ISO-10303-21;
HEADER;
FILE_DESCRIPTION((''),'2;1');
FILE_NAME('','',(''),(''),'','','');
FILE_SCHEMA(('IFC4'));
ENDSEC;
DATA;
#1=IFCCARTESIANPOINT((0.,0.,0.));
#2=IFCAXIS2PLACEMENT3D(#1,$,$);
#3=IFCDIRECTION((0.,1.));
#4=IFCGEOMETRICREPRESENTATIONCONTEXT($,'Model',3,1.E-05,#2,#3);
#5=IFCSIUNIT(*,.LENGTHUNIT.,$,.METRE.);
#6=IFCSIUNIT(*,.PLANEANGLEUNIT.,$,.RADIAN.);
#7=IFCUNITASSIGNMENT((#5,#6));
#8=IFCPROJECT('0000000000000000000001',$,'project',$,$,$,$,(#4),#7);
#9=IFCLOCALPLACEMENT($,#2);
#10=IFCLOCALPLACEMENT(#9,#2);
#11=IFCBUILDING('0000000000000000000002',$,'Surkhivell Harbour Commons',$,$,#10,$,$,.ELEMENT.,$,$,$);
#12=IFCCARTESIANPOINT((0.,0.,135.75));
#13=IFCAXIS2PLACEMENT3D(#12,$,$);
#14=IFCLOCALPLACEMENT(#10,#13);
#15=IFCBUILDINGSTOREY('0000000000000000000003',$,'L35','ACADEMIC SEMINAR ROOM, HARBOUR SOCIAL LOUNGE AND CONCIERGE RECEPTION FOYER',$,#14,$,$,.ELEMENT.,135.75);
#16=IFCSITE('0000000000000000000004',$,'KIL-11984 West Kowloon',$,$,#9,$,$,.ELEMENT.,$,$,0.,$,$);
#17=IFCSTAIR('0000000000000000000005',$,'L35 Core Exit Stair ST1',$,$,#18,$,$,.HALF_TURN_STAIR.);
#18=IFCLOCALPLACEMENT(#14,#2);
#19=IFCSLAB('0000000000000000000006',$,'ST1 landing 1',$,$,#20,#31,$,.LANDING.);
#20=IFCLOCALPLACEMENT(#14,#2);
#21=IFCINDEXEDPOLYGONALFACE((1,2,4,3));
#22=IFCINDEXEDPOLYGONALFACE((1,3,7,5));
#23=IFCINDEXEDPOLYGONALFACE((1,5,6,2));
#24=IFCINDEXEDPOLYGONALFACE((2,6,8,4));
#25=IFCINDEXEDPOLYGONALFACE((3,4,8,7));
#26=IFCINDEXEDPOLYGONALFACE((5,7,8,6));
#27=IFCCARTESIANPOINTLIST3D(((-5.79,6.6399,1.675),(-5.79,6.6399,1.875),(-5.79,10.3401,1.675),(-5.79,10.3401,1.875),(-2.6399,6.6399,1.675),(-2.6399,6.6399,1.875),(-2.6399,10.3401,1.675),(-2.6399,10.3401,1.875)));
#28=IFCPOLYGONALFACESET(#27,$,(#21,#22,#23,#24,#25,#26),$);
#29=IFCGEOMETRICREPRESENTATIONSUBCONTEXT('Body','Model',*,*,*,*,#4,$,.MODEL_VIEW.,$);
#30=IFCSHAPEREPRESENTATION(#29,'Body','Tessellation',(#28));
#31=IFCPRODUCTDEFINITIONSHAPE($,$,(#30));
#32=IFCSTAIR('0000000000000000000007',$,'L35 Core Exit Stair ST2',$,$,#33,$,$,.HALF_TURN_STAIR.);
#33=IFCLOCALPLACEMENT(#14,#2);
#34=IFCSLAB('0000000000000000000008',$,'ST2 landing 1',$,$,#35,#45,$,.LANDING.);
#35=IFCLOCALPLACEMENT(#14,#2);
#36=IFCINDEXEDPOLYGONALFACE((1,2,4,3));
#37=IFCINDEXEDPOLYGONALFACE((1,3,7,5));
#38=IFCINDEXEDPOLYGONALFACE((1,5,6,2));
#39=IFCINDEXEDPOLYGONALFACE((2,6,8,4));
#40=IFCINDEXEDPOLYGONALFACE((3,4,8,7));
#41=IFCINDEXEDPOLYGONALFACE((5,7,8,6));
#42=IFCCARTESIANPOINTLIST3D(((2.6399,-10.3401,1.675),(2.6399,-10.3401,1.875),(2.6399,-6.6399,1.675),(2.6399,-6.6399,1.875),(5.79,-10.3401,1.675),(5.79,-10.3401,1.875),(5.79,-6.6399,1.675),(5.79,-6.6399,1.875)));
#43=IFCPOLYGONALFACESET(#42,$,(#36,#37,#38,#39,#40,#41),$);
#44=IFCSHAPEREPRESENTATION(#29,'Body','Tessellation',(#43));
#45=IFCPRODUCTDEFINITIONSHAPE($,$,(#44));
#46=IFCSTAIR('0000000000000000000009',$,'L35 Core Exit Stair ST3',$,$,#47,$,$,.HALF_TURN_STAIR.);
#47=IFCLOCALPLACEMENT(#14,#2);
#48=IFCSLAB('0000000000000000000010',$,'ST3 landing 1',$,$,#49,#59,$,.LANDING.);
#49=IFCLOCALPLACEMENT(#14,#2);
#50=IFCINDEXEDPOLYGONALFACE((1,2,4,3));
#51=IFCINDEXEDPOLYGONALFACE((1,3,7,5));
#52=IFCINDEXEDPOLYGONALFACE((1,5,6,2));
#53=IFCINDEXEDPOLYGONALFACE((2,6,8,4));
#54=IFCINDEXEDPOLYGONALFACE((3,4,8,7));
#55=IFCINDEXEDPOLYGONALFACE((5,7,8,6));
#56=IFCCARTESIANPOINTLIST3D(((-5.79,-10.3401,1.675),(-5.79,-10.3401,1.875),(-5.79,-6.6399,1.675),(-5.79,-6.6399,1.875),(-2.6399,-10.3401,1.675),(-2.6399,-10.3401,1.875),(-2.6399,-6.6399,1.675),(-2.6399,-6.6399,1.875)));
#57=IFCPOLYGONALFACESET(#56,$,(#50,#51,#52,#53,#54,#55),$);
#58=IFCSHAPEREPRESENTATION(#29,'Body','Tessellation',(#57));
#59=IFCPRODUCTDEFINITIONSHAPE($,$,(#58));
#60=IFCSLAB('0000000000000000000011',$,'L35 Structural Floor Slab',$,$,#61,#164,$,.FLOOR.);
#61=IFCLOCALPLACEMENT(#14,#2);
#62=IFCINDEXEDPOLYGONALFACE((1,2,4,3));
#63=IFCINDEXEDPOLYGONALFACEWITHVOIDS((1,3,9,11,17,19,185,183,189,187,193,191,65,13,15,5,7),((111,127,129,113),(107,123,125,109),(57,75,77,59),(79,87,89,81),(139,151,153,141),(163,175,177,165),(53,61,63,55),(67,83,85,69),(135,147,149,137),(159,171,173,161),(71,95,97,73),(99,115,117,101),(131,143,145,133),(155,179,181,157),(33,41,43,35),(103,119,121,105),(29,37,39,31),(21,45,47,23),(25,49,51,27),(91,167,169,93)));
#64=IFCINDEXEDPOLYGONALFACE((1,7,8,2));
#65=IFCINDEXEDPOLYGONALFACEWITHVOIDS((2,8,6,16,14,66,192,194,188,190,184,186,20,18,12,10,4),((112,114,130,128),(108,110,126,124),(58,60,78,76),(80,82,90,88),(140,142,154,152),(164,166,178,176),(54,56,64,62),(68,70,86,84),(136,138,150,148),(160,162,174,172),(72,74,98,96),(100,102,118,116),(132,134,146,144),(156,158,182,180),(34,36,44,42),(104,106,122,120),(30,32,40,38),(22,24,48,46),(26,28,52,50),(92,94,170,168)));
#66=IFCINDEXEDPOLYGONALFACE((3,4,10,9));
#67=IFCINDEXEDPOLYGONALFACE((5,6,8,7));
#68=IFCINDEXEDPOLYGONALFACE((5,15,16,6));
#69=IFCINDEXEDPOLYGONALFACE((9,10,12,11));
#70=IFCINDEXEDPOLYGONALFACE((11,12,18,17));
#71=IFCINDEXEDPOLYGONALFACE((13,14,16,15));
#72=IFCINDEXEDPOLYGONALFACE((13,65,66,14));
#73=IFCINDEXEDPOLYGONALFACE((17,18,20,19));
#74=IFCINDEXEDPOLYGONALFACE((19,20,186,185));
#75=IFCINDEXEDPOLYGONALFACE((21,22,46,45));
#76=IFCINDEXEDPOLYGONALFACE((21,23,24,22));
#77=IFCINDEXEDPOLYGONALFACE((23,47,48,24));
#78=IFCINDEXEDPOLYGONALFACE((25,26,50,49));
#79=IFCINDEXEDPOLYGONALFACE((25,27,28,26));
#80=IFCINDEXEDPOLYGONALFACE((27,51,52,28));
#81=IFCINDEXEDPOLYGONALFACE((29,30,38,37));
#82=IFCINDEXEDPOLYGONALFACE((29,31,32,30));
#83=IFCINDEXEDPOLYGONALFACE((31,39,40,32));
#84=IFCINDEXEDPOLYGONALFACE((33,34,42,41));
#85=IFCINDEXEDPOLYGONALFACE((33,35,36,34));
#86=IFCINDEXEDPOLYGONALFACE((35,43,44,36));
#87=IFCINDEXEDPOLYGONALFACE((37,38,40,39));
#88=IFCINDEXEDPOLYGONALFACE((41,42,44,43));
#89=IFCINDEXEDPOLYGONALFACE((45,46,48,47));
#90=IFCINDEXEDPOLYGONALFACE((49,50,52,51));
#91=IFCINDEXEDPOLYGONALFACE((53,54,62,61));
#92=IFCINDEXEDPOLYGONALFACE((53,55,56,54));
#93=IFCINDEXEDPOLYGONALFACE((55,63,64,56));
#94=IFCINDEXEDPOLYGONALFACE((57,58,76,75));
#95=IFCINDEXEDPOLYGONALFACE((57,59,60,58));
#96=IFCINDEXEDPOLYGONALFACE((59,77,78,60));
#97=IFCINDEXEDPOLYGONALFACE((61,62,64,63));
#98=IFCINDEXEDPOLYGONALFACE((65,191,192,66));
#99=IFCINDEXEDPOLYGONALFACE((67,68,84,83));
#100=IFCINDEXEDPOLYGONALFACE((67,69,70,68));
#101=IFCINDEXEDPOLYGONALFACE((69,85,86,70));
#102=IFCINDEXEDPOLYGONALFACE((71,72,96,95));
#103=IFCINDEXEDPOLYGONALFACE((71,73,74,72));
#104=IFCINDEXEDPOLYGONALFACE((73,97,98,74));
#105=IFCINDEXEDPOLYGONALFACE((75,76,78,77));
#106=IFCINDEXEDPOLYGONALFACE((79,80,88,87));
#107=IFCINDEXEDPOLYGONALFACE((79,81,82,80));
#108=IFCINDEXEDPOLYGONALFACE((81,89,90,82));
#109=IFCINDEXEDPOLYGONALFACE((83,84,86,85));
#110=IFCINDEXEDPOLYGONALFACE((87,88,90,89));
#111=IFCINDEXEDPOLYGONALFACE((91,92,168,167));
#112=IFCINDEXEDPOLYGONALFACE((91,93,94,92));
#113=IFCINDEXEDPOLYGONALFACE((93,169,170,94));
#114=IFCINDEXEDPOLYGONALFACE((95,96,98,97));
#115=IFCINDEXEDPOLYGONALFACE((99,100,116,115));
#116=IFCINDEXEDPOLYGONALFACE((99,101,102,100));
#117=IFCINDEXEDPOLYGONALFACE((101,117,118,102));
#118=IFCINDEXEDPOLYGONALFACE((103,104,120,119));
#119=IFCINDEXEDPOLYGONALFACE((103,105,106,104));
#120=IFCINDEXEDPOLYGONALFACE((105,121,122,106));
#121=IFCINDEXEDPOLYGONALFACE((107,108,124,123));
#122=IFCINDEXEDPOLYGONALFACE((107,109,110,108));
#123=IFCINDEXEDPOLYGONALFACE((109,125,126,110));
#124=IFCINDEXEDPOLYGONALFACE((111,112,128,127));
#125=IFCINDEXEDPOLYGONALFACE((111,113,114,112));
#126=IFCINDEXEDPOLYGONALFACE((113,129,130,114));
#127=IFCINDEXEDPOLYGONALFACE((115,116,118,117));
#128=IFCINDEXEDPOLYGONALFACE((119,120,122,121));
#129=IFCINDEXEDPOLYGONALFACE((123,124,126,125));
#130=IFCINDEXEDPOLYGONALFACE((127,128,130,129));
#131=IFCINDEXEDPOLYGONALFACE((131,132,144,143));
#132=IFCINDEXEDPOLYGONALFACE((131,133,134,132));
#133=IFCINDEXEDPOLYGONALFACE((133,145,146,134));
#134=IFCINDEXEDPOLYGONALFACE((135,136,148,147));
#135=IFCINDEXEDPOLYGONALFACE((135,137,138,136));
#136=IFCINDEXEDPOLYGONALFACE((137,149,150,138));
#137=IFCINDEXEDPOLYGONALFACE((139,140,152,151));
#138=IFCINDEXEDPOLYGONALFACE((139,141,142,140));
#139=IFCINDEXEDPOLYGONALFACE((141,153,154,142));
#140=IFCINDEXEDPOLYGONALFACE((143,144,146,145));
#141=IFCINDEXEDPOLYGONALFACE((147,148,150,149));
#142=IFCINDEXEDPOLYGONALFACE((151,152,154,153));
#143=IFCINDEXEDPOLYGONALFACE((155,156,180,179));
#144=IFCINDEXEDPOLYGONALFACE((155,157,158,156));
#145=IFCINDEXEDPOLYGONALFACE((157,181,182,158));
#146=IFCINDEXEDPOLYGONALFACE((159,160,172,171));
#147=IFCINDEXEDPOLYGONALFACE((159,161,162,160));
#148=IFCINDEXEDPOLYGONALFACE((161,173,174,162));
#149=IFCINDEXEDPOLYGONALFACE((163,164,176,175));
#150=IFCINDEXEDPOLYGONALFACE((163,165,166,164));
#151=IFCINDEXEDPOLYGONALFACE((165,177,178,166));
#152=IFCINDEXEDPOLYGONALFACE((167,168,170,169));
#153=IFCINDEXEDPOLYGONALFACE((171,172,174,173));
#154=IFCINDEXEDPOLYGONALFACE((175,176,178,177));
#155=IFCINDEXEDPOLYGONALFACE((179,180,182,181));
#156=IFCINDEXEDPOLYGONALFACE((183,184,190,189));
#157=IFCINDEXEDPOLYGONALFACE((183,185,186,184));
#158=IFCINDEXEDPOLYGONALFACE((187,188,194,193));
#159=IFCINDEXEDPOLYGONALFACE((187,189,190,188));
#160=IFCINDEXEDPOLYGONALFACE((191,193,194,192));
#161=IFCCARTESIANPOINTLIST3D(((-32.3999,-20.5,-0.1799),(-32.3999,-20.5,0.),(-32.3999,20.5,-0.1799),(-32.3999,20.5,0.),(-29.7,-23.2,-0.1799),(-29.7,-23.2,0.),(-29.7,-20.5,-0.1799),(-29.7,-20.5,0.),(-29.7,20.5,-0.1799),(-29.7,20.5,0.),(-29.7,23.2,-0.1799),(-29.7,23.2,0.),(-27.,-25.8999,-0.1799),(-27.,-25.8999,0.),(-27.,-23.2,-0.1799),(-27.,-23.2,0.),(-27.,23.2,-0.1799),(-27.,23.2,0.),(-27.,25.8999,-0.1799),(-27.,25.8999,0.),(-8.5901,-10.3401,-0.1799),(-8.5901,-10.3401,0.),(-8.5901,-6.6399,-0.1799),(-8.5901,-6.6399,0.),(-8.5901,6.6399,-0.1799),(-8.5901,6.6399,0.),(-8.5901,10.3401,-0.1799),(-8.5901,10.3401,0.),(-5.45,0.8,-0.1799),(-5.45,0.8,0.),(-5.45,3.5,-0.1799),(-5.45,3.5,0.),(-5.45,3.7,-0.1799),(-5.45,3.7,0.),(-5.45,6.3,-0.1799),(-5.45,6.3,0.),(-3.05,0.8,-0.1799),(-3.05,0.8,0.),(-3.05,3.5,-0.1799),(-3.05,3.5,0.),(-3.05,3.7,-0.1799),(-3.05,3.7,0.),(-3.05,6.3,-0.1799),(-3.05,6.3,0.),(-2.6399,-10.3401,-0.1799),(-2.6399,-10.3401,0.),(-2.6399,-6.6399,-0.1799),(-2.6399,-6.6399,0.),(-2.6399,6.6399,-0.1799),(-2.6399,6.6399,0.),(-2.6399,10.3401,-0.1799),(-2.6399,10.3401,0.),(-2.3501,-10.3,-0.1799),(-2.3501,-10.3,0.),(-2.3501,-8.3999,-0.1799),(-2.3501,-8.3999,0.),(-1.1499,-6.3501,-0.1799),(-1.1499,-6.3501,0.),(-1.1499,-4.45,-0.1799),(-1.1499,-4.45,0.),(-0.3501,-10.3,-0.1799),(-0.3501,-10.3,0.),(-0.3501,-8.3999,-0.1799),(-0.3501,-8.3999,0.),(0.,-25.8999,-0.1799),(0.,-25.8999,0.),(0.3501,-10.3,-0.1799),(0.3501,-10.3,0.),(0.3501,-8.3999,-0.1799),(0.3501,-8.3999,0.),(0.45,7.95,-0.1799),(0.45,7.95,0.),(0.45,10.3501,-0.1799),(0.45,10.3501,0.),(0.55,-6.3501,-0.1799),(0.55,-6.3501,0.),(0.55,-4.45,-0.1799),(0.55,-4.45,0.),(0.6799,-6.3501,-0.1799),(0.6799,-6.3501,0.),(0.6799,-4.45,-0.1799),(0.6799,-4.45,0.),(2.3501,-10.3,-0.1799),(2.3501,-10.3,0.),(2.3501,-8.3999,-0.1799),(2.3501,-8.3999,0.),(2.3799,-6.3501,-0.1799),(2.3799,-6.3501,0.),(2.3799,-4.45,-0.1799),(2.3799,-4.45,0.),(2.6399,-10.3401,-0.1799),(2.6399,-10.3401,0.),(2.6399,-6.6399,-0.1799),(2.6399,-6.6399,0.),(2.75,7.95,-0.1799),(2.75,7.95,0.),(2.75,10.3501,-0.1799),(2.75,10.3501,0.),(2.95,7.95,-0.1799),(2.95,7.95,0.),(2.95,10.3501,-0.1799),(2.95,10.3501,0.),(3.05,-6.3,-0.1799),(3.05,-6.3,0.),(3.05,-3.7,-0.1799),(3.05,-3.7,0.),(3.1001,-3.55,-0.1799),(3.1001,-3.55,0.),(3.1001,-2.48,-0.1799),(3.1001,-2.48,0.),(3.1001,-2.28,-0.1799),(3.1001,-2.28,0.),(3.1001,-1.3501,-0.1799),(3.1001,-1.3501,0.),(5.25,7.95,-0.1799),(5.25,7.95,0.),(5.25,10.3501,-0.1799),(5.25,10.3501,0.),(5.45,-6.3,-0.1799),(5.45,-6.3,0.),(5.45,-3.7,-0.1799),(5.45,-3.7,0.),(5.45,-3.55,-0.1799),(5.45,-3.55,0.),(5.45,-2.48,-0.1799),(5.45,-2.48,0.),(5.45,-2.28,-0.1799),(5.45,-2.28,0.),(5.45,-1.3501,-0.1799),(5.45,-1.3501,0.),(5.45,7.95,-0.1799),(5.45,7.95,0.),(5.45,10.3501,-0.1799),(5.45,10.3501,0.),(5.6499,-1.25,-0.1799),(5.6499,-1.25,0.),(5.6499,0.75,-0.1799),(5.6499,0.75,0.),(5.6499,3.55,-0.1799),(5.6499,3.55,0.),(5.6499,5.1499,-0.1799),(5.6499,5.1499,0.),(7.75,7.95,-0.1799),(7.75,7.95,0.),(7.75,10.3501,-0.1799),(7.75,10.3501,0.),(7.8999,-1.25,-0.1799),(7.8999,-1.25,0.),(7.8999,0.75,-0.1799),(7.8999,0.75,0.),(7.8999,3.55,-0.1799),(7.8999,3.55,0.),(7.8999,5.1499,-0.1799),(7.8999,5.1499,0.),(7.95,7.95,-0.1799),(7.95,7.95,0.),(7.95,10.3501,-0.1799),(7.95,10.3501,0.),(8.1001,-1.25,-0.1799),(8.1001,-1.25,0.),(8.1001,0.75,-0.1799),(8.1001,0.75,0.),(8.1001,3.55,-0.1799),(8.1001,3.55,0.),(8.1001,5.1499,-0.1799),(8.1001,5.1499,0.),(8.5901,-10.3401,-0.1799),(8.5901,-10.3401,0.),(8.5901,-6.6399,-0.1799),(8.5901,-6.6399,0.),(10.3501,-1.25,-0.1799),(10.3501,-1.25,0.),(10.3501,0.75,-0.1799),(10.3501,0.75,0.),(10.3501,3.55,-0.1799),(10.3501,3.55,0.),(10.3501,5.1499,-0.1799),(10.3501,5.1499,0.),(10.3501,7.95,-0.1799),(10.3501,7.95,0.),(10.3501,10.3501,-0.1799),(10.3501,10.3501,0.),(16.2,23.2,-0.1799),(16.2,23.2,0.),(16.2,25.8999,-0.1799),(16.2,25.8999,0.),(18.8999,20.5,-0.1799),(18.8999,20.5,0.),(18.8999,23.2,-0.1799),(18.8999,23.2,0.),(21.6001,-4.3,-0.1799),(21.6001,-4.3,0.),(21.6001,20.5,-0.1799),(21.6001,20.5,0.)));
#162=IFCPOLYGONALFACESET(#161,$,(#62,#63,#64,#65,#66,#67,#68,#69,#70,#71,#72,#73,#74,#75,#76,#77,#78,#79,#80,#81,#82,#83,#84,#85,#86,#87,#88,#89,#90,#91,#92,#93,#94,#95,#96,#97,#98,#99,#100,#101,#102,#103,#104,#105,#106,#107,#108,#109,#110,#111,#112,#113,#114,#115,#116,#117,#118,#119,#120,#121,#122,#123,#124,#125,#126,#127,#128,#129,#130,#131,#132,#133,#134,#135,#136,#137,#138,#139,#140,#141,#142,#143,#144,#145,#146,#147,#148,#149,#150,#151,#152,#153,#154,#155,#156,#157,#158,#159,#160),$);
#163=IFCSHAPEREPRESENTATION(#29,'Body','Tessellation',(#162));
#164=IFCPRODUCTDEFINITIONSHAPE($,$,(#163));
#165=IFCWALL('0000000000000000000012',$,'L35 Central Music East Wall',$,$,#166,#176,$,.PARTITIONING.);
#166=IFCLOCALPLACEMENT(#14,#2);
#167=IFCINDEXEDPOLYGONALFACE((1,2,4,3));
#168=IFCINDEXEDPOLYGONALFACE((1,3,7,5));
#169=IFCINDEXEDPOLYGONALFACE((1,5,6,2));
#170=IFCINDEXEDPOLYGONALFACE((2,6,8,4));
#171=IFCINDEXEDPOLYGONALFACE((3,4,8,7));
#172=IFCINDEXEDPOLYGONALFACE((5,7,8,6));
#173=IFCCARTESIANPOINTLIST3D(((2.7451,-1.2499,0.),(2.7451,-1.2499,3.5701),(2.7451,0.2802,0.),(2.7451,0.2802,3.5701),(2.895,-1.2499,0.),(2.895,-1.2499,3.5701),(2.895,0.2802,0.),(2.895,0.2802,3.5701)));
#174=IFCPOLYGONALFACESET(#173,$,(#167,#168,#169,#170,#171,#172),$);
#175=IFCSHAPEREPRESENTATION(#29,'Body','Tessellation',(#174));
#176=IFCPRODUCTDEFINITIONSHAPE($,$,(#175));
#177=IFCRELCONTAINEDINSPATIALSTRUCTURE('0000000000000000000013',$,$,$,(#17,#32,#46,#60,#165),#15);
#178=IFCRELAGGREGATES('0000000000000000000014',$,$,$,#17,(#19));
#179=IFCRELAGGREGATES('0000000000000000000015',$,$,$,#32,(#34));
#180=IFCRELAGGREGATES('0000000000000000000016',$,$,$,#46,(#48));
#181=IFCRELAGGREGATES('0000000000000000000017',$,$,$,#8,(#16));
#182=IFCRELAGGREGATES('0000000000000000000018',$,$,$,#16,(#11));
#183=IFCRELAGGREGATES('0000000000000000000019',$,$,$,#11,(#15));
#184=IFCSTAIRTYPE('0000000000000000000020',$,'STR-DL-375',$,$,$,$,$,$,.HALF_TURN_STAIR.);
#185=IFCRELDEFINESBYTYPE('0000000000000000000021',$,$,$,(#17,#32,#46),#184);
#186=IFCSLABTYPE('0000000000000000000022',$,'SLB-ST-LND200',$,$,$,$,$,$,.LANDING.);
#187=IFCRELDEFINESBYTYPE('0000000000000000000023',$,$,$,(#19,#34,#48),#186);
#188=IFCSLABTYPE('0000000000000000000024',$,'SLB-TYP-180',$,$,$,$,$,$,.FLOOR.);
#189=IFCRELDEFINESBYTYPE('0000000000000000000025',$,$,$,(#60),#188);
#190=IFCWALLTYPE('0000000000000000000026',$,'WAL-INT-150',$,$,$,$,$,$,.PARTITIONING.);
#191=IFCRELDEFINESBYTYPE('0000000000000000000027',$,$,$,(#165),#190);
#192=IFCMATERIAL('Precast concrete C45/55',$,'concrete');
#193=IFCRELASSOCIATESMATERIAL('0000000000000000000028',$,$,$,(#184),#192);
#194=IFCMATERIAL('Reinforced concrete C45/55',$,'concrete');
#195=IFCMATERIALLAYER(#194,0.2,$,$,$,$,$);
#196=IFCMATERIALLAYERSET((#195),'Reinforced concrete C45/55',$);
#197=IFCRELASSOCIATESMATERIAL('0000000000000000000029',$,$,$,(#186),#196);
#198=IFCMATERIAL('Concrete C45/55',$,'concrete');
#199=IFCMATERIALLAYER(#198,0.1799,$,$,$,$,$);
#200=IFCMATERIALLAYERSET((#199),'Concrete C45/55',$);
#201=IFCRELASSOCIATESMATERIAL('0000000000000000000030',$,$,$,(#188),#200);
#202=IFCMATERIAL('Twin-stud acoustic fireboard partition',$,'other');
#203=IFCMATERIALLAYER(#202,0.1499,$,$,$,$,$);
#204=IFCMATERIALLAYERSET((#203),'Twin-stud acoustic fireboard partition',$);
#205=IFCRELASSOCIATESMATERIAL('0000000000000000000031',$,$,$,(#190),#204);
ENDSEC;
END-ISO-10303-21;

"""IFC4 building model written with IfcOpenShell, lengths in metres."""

from ifc_helpers import new_model, si_unit, direction, frame, frame_2d, origin, place, context, subcontext, project, spatial, polyline, rectangle, outline, extrude, material, layer, layer_set, type_object, element, aggregate, save


model = new_model("IFC4")

# Units and contexts
model_context = context("Model", 3, precision=1e-05, world=origin(), true_north=direction((0.0, 1.0)))
body_context = subcontext(model_context, "Body", "Model", "MODEL_VIEW")
ifc_project = project(units=[si_unit("LENGTHUNIT", "METRE"), si_unit("PLANEANGLEUNIT", "RADIAN")], contexts=[model_context])

# Site, building, storey
site_placement = place(None, origin())
site = spatial("IfcSite", under=ifc_project, at=site_placement, Name="KIL-11984 West Kowloon", CompositionType="ELEMENT", RefElevation=0.0)
building_placement = place(site_placement, origin())
building = spatial("IfcBuilding", under=site, at=building_placement, Name="Surkhivell Harbour Commons", CompositionType="ELEMENT")
storey_placement = place(building_placement, frame((0.0, 0.0, 135.75)))
storey = spatial("IfcBuildingStorey", under=building, at=storey_placement, Name="L35", Description="ACADEMIC SEMINAR ROOM, HARBOUR SOCIAL LOUNGE AND CONCIERGE RECEPTION FOYER", CompositionType="ELEMENT", Elevation=135.75)

# Stairs, slabs
ifc_material_1 = material(Name="Precast concrete C45/55", Category="concrete")
stair_type = type_object("IfcStairType", Name="STR-DL-375", PredefinedType="HALF_TURN_STAIR", material=ifc_material_1)
stair_1_placement = place(storey_placement, origin())
stair_1 = element("IfcStair", 1, at=stair_1_placement, inside=storey, type_object=stair_type, Name="L35 Core Exit Stair ST1", PredefinedType="HALF_TURN_STAIR")
ifc_material_2 = material(Name="Reinforced concrete C45/55", Category="concrete")
ifc_layer_1 = layer(ifc_material_2, 0.2)
ifc_layer_set_1 = layer_set([ifc_layer_1], Name="Reinforced concrete C45/55")
slab_type_1 = type_object("IfcSlabType", Name="SLB-ST-LND200", PredefinedType="LANDING", material=ifc_layer_set_1)
slab_1_placement = place(storey_placement, frame((0.0, 0.0, 1.675)))
slab_1 = element("IfcSlab", 2, at=slab_1_placement, type_object=slab_type_1, Name="ST1 landing 1", PredefinedType="LANDING", context=body_context, shape_type="SweptSolid", body=[
    extrude(outline(polyline([(-5.79, 6.6399), (-2.6399, 6.6399), (-2.6399, 10.3401), (-5.79, 10.3401), (-5.79, 6.6399)])), origin(), (0.0, 0.0, 1.0), 0.2),
])
aggregate(stair_1, [slab_1])
stair_2_placement = place(storey_placement, origin())
stair_2 = element("IfcStair", 3, at=stair_2_placement, inside=storey, type_object=stair_type, Name="L35 Core Exit Stair ST2", PredefinedType="HALF_TURN_STAIR")
slab_2_placement = place(storey_placement, frame((0.0, 0.0, 1.675)))
slab_2 = element("IfcSlab", 4, at=slab_2_placement, type_object=slab_type_1, Name="ST2 landing 1", PredefinedType="LANDING", context=body_context, shape_type="SweptSolid", body=[
    extrude(outline(polyline([(5.79, -6.6399), (2.6399, -6.6399), (2.6399, -10.3401), (5.79, -10.3401), (5.79, -6.6399)])), origin(), (0.0, 0.0, 1.0), 0.2),
])
aggregate(stair_2, [slab_2])
stair_3_placement = place(storey_placement, origin())
stair_3 = element("IfcStair", 5, at=stair_3_placement, inside=storey, type_object=stair_type, Name="L35 Core Exit Stair ST3", PredefinedType="HALF_TURN_STAIR")
slab_3_placement = place(storey_placement, frame((0.0, 0.0, 1.675)))
slab_3 = element("IfcSlab", 6, at=slab_3_placement, type_object=slab_type_1, Name="ST3 landing 1", PredefinedType="LANDING", context=body_context, shape_type="SweptSolid", body=[
    extrude(outline(polyline([(-5.79, -10.3401), (-2.6399, -10.3401), (-2.6399, -6.6399), (-5.79, -6.6399), (-5.79, -10.3401)])), origin(), (0.0, 0.0, 1.0), 0.2),
])
aggregate(stair_3, [slab_3])

# Slab
ifc_material_3 = material(Name="Concrete C45/55", Category="concrete")
ifc_layer_2 = layer(ifc_material_3, 0.1799)
ifc_layer_set_2 = layer_set([ifc_layer_2], Name="Concrete C45/55")
slab_type_2 = type_object("IfcSlabType", Name="SLB-TYP-180", PredefinedType="FLOOR", material=ifc_layer_set_2)
slab_4_placement = place(storey_placement, frame((0.0, 0.0, -0.1799)))
element("IfcSlab", 7, at=slab_4_placement, inside=storey, type_object=slab_type_2, Name="L35 Structural Floor Slab", PredefinedType="FLOOR", context=body_context, shape_type="SweptSolid", body=[
    extrude(outline(polyline([(-27.0, -25.8999), (0.0, -25.8999), (21.6001, -4.3), (21.6001, 20.5), (18.8999, 20.5), (18.8999, 23.2), (16.2, 23.2), (16.2, 25.8999), (-27.0, 25.8999), (-27.0, 23.2), (-29.7, 23.2), (-29.7, 20.5), (-32.3999, 20.5), (-32.3999, -20.5), (-29.7, -20.5), (-29.7, -23.2), (-27.0, -23.2), (-27.0, -25.8999)]), holes=[polyline([(-8.5901, 6.6399), (-2.6399, 6.6399), (-2.6399, 10.3401), (-8.5901, 10.3401), (-8.5901, 6.6399)]), polyline([(8.5901, -6.6399), (2.6399, -6.6399), (2.6399, -10.3401), (8.5901, -10.3401), (8.5901, -6.6399)]), polyline([(-8.5901, -10.3401), (-2.6399, -10.3401), (-2.6399, -6.6399), (-8.5901, -6.6399), (-8.5901, -10.3401)]), polyline([(0.45, 7.95), (2.75, 7.95), (2.75, 10.3501), (0.45, 10.3501), (0.45, 7.95)]), polyline([(2.95, 7.95), (5.25, 7.95), (5.25, 10.3501), (2.95, 10.3501), (2.95, 7.95)]), polyline([(5.45, 7.95), (7.75, 7.95), (7.75, 10.3501), (5.45, 10.3501), (5.45, 7.95)]), polyline([(7.95, 7.95), (10.3501, 7.95), (10.3501, 10.3501), (7.95, 10.3501), (7.95, 7.95)]), polyline([(5.6499, 3.55), (7.8999, 3.55), (7.8999, 5.1499), (5.6499, 5.1499), (5.6499, 3.55)]), polyline([(8.1001, 3.55), (10.3501, 3.55), (10.3501, 5.1499), (8.1001, 5.1499), (8.1001, 3.55)]), polyline([(5.6499, -1.25), (7.8999, -1.25), (7.8999, 0.75), (5.6499, 0.75), (5.6499, -1.25)]), polyline([(8.1001, -1.25), (10.3501, -1.25), (10.3501, 0.75), (8.1001, 0.75), (8.1001, -1.25)]), polyline([(-1.1499, -6.3501), (0.55, -6.3501), (0.55, -4.45), (-1.1499, -4.45), (-1.1499, -6.3501)]), polyline([(0.6799, -6.3501), (2.3799, -6.3501), (2.3799, -4.45), (0.6799, -4.45), (0.6799, -6.3501)]), polyline([(-2.3501, -10.3), (-0.3501, -10.3), (-0.3501, -8.3999), (-2.3501, -8.3999), (-2.3501, -10.3)]), polyline([(0.3501, -10.3), (2.3501, -10.3), (2.3501, -8.3999), (0.3501, -8.3999), (0.3501, -10.3)]), polyline([(-5.45, 3.7), (-3.05, 3.7), (-3.05, 6.3), (-5.45, 6.3), (-5.45, 3.7)]), polyline([(3.05, -6.3), (5.45, -6.3), (5.45, -3.7), (3.05, -3.7), (3.05, -6.3)]), polyline([(-5.45, 0.8), (-3.05, 0.8), (-3.05, 3.5), (-5.45, 3.5), (-5.45, 0.8)]), polyline([(3.1001, -3.55), (5.45, -3.55), (5.45, -2.48), (3.1001, -2.48), (3.1001, -3.55)]), polyline([(3.1001, -2.28), (5.45, -2.28), (5.45, -1.3501), (3.1001, -1.3501), (3.1001, -2.28)])]), origin(), (0.0, 0.0, 1.0), 0.1799),
])

# Wall
ifc_material_4 = material(Name="Twin-stud acoustic fireboard partition", Category="other")
ifc_layer_3 = layer(ifc_material_4, 0.1499)
ifc_layer_set_3 = layer_set([ifc_layer_3], Name="Twin-stud acoustic fireboard partition")
wall_type_1 = type_object("IfcWallType", Name="WAL-INT-150", PredefinedType="PARTITIONING", material=ifc_layer_set_3)
wall_1_placement = place(storey_placement, frame((2.8201, -1.25, 0.0), z_axis=(0.0, 0.0, 1.0), x_axis=(0.0, 1.0, 0.0)))
element("IfcWall", 8, at=wall_1_placement, inside=storey, type_object=wall_type_1, Name="L35 Central Music East Wall", PredefinedType="PARTITIONING", context=body_context, shape_type="SweptSolid", body=[
    extrude(rectangle(XDim=1.53, YDim=0.1499, at=frame_2d((0.7651, 0.0))), origin(), (0.0, 0.0, 1.0), 3.5701),
])

save(model, "model.ifc")
